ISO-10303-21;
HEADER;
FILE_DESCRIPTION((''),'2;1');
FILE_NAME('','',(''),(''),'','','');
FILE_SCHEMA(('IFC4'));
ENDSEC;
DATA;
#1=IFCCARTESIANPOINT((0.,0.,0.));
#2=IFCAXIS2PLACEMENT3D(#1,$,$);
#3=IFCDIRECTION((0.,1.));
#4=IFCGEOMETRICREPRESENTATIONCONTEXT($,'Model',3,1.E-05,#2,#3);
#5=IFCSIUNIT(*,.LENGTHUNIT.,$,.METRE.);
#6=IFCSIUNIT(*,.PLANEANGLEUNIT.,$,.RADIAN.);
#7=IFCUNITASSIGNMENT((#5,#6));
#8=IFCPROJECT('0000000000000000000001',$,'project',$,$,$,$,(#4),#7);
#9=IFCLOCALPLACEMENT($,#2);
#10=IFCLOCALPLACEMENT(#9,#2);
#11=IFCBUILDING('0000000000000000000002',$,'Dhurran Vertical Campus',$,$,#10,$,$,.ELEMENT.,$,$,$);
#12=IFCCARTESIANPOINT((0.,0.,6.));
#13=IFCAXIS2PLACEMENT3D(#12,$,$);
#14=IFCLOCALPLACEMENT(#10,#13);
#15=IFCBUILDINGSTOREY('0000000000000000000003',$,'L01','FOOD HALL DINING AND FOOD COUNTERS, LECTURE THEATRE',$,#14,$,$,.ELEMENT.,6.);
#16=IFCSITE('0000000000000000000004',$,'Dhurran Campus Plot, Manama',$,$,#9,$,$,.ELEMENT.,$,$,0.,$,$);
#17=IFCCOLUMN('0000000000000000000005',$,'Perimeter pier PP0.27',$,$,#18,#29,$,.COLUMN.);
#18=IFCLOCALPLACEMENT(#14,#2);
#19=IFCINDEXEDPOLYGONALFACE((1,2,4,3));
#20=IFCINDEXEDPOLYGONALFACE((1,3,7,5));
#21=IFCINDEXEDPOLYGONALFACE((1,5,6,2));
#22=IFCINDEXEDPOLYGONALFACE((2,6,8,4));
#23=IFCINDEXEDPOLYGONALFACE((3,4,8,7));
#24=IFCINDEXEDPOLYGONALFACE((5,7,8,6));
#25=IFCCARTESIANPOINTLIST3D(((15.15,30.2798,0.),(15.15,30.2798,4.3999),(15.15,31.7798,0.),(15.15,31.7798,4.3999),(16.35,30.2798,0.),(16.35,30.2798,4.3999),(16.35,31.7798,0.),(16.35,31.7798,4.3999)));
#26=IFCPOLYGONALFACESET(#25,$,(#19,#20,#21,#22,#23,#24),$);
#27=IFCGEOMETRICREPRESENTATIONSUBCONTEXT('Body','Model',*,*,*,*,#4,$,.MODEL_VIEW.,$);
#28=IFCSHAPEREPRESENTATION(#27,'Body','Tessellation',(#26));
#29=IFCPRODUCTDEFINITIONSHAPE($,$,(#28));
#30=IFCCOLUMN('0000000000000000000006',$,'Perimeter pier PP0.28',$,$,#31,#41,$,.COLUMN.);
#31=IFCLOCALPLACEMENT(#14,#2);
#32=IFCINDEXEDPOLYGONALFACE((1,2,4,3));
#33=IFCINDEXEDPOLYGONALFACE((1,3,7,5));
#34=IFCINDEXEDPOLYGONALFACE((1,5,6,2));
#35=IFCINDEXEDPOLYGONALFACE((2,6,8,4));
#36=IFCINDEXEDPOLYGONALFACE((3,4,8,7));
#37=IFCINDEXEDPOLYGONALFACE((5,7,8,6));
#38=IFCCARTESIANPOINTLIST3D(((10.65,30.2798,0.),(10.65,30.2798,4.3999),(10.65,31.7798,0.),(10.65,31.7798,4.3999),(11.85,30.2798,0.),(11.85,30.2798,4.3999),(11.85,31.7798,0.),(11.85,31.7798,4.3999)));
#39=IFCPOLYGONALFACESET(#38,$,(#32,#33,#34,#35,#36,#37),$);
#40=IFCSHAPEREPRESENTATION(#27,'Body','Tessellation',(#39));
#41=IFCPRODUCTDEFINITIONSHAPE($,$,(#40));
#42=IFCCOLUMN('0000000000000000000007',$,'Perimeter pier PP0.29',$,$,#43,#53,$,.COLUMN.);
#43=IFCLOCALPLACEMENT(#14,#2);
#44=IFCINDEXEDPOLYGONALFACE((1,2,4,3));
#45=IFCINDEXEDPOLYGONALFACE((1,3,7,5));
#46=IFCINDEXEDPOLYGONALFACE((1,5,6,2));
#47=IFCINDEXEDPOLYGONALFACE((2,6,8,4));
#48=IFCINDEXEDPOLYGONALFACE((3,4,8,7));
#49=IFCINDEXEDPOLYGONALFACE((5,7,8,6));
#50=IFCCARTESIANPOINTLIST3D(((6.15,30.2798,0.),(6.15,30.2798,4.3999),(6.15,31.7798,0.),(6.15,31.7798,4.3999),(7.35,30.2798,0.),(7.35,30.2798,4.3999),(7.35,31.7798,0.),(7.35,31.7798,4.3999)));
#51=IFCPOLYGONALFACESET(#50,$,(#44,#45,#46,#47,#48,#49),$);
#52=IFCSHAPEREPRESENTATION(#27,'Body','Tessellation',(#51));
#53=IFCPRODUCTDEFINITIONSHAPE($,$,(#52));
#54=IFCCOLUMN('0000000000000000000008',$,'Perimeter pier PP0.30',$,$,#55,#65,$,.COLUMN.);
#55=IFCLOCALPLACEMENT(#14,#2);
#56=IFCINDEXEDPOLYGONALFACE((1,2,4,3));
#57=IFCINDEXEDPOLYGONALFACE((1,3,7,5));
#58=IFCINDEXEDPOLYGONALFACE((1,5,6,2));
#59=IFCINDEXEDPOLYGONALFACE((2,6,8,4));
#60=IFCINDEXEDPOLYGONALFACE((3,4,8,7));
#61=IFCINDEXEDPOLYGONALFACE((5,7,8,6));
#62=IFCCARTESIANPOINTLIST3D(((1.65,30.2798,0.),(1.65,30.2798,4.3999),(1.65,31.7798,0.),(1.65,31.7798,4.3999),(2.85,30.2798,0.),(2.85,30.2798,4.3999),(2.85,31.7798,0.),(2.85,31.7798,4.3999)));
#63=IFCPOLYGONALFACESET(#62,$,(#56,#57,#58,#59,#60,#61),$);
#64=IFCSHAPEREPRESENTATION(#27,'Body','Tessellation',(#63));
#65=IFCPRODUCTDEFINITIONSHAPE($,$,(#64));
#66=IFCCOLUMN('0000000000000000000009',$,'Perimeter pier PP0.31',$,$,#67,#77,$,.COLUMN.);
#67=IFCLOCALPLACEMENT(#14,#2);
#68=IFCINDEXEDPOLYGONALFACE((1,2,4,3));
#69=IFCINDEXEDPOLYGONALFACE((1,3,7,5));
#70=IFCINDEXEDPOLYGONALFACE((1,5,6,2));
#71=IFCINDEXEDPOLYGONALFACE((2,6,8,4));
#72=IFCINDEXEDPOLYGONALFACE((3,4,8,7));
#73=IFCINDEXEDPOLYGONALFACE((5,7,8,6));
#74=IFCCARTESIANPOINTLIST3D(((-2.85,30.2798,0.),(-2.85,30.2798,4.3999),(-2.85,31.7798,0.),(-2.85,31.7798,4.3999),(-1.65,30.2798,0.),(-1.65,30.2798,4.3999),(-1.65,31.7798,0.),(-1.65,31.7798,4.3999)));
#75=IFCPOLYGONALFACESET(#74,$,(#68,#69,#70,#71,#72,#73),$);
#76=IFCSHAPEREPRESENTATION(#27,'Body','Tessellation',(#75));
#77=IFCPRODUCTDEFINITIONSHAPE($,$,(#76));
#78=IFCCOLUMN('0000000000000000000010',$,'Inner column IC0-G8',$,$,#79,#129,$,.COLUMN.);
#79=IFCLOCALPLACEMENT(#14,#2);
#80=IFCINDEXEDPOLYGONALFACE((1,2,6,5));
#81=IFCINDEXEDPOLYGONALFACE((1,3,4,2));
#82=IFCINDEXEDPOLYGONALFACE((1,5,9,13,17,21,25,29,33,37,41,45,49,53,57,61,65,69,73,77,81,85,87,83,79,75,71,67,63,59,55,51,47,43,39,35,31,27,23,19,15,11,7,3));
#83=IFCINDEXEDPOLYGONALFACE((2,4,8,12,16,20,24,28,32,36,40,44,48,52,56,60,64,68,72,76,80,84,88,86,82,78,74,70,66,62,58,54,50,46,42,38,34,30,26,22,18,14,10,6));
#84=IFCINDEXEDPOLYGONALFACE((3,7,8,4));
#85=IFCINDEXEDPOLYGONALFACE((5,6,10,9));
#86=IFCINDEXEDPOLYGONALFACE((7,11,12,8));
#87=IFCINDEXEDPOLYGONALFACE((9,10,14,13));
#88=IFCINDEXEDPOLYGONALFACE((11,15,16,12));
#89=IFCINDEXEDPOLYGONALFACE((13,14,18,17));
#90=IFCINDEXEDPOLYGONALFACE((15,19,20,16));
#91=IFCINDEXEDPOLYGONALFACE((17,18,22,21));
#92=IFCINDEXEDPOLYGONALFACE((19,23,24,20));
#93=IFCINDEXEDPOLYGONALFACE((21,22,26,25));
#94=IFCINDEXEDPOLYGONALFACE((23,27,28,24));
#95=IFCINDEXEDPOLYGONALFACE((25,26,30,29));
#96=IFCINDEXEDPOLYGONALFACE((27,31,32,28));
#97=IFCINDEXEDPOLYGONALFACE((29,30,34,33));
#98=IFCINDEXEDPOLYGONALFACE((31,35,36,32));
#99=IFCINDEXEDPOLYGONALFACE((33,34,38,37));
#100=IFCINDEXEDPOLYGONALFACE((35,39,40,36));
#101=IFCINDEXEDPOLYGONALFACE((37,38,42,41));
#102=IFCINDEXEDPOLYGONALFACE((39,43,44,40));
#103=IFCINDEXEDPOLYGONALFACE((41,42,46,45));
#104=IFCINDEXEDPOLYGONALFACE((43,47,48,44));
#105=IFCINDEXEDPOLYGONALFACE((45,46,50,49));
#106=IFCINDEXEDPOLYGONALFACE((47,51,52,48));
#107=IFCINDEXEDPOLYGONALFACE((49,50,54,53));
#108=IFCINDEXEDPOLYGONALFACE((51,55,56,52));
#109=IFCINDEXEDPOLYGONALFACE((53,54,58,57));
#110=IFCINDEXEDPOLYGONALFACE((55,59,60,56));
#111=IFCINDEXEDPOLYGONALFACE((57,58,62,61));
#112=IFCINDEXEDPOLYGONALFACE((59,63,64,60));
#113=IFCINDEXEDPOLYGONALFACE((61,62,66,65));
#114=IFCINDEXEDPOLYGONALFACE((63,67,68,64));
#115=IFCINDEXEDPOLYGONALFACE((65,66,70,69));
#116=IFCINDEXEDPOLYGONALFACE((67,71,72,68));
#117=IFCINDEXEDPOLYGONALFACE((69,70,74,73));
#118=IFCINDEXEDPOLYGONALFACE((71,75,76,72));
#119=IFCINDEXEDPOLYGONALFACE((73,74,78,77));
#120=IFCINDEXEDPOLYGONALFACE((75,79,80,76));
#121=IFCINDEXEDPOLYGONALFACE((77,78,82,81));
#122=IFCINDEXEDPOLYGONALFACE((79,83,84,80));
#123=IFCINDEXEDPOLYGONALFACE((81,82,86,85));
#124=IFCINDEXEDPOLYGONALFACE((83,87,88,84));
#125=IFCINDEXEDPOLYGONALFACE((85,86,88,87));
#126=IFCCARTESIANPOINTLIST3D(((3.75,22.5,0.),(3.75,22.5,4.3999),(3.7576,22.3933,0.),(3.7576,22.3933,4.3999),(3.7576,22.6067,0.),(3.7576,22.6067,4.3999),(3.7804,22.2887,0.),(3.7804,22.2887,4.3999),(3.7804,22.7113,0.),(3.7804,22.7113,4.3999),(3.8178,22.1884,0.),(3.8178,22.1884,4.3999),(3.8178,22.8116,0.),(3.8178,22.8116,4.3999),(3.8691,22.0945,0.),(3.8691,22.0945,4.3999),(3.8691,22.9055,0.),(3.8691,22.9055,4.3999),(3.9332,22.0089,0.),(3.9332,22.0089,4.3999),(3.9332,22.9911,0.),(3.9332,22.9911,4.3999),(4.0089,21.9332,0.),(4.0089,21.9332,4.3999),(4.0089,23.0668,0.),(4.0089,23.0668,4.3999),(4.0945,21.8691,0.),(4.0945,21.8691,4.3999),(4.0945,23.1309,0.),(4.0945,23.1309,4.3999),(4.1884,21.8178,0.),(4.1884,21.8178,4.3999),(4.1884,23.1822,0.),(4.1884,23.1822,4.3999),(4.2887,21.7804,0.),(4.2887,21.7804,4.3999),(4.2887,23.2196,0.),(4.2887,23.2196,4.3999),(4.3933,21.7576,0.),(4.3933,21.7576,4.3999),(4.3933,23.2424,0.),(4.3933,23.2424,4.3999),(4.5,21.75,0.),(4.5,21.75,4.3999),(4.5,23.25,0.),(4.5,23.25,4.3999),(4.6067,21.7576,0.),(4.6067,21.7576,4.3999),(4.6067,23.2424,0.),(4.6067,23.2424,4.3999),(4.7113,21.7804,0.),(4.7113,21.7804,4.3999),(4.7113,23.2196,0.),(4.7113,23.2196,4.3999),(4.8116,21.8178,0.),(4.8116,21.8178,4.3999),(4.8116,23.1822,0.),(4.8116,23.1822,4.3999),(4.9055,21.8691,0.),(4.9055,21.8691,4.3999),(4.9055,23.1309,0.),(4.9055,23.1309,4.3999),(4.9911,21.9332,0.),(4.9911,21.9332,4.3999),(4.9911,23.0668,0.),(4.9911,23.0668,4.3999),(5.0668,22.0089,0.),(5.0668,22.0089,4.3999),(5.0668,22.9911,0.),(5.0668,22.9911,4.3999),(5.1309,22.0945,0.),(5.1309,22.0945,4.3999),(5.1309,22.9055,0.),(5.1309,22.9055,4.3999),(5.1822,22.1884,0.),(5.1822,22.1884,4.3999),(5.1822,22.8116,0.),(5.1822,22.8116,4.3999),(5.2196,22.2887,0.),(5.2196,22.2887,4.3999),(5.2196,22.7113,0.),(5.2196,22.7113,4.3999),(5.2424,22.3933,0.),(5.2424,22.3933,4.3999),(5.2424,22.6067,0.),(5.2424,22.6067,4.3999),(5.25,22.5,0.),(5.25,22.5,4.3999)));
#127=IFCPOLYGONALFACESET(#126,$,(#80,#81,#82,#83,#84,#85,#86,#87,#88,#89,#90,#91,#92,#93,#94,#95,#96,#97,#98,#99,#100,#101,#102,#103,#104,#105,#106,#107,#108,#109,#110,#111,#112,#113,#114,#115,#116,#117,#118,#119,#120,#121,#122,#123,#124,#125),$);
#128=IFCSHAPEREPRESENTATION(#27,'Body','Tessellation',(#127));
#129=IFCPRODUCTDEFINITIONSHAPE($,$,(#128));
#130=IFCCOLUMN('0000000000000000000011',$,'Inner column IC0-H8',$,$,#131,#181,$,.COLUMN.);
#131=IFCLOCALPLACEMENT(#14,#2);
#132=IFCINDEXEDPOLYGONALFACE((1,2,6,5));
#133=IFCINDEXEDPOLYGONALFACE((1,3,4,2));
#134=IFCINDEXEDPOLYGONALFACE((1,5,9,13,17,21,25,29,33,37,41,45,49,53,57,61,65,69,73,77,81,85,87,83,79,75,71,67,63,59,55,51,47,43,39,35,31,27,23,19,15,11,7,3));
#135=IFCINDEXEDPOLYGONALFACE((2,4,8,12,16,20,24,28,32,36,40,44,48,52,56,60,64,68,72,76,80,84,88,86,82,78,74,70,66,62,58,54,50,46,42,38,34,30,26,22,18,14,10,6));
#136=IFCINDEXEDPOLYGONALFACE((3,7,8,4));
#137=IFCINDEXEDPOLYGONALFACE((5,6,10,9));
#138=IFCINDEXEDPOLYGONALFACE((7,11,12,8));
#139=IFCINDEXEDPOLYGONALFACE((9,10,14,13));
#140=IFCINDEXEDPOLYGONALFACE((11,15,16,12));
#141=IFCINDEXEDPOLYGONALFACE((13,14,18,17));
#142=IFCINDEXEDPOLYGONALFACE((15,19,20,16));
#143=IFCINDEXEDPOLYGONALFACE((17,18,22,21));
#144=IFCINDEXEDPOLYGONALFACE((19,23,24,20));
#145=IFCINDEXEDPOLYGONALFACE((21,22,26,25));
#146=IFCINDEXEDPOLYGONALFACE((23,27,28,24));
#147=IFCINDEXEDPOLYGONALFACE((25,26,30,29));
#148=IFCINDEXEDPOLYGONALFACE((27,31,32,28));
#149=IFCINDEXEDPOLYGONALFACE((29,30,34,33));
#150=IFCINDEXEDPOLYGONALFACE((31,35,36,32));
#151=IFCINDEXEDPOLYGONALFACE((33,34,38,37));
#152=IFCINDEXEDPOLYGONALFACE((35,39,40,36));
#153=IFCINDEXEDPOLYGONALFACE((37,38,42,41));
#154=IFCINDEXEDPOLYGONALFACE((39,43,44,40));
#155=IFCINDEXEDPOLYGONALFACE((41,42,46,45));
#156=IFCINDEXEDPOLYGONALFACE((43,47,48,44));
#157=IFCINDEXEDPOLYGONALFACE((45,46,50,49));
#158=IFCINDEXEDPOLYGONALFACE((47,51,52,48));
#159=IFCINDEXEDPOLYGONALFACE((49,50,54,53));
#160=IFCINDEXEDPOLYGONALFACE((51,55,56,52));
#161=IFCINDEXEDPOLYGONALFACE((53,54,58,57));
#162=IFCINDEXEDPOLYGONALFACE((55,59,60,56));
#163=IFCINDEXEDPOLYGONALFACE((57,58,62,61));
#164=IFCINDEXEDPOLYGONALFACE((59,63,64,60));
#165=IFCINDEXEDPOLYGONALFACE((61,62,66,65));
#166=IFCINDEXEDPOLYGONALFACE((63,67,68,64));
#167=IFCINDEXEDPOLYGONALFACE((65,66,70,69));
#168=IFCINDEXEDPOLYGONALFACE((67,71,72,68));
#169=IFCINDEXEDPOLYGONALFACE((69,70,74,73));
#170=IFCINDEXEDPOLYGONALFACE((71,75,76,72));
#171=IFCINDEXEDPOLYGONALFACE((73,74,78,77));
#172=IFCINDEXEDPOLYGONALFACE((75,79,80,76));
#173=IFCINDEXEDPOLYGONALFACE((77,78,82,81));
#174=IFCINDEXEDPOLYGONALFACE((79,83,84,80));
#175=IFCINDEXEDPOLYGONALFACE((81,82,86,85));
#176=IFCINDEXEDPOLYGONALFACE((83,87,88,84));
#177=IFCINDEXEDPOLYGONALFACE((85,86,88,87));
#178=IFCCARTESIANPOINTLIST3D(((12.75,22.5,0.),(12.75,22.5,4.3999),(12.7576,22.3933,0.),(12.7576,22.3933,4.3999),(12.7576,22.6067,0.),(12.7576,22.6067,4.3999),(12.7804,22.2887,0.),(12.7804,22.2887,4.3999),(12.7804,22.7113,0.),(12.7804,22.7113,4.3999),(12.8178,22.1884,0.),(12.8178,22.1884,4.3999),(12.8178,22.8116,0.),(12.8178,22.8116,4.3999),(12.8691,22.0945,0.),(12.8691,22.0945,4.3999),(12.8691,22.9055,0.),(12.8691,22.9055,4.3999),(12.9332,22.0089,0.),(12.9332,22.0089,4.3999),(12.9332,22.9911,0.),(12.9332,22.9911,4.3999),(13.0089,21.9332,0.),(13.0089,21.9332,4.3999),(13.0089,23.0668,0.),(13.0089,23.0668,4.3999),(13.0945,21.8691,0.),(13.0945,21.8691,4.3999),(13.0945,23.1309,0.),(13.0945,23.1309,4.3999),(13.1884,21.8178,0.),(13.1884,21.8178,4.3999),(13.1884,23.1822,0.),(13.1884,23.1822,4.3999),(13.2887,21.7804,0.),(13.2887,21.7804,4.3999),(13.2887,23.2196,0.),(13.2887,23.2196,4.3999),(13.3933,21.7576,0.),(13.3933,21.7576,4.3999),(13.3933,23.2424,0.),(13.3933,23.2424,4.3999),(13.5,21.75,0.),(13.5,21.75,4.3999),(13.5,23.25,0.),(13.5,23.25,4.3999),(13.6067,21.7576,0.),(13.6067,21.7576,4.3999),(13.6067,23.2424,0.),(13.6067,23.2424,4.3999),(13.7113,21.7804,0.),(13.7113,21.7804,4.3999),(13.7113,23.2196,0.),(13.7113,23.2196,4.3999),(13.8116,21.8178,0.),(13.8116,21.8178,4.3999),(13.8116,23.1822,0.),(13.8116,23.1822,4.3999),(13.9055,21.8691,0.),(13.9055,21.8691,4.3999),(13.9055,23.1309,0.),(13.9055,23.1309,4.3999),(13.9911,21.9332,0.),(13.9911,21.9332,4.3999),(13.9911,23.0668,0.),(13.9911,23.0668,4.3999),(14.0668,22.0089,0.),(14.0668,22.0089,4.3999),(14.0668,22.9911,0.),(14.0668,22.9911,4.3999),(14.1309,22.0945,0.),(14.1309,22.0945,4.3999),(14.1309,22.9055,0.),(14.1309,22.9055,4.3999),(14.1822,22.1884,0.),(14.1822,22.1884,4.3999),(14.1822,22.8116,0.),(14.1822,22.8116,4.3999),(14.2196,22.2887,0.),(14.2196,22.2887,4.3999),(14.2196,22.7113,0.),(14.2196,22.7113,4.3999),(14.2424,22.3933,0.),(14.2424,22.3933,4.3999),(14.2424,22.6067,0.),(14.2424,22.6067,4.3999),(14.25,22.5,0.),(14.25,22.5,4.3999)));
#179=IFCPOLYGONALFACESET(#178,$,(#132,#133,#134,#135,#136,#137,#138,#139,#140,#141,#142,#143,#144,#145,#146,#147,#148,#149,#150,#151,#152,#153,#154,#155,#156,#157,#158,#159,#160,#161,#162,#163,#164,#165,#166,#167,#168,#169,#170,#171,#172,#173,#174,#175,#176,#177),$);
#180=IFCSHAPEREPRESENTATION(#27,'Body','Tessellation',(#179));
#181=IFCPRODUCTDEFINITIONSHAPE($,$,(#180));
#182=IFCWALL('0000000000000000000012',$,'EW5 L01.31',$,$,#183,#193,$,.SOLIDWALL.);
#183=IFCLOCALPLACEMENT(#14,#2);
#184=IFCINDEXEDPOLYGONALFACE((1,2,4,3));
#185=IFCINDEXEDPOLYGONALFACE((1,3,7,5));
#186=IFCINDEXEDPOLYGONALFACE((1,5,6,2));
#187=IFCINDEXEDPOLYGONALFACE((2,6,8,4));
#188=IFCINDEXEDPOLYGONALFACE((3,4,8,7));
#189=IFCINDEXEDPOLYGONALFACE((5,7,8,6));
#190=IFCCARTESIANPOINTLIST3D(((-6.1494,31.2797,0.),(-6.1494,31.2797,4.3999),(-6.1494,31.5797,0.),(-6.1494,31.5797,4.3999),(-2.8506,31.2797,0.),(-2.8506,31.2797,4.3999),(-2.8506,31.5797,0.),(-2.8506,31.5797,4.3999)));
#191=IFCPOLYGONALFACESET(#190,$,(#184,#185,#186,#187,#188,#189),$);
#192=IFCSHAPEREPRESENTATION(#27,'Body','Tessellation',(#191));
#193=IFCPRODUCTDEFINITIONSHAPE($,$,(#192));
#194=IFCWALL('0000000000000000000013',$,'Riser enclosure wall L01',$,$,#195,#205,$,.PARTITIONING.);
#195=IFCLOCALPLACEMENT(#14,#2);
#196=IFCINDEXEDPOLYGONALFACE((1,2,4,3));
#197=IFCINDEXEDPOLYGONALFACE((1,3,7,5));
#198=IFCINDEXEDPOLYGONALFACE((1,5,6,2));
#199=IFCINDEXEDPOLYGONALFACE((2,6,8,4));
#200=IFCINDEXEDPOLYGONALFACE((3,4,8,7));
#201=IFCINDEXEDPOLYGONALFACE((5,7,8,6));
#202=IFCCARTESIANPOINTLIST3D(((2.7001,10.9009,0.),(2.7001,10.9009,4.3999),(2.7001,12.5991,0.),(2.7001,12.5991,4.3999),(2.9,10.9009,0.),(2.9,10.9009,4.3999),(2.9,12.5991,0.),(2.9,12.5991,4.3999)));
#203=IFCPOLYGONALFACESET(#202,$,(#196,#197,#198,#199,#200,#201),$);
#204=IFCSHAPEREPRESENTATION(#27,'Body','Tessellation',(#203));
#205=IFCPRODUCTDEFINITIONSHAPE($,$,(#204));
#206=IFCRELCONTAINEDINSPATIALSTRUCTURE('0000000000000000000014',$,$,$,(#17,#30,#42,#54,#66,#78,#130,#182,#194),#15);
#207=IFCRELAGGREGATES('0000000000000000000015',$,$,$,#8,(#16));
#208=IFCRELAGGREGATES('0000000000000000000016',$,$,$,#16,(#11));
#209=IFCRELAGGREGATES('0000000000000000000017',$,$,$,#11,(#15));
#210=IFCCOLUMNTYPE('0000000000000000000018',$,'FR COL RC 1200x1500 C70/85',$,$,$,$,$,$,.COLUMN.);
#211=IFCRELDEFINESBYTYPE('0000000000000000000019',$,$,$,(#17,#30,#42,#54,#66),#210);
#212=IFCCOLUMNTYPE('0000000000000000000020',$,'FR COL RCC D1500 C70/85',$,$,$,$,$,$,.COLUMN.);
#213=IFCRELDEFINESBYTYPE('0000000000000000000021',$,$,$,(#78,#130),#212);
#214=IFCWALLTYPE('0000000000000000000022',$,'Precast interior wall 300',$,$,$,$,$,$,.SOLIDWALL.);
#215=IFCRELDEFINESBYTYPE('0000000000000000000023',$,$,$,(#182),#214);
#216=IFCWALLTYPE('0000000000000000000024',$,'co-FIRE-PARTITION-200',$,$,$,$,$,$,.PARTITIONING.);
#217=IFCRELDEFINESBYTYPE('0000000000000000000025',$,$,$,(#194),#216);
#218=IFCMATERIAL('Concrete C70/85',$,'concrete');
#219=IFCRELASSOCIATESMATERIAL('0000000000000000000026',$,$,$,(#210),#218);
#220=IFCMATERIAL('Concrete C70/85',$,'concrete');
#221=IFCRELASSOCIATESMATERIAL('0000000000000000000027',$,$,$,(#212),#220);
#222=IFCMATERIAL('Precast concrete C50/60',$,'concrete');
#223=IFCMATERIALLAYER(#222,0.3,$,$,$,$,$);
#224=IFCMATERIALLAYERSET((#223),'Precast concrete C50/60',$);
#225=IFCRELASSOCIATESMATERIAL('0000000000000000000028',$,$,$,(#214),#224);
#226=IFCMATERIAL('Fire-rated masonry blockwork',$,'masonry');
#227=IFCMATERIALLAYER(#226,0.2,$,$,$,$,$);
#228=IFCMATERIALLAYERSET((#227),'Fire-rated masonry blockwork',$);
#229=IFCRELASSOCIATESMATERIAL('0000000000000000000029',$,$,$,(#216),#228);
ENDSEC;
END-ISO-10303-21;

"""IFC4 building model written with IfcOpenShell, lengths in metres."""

from ifc_helpers import new_model, si_unit, direction, frame, frame_2d, origin, origin_2d, place, context, subcontext, project, spatial, rectangle, circle, extrude, material, layer, layer_set, material_profile, profile_set, type_object, element, save


model = new_model("IFC4")

# Units and contexts
model_context = context("Model", 3, precision=1e-05, world=origin(), true_north=direction((0.0, 1.0)))
body_context = subcontext(model_context, "Body", "Model", "MODEL_VIEW")
ifc_project = project(units=[si_unit("LENGTHUNIT", "METRE"), si_unit("PLANEANGLEUNIT", "RADIAN")], contexts=[model_context])

# Site, building, storey
site_placement = place(None, origin())
site = spatial("IfcSite", under=ifc_project, at=site_placement, Name="Dhurran Campus Plot, Manama", CompositionType="ELEMENT", RefElevation=0.0)
building_placement = place(site_placement, origin())
building = spatial("IfcBuilding", under=site, at=building_placement, Name="Dhurran Vertical Campus", CompositionType="ELEMENT")
storey_placement = place(building_placement, frame((0.0, 0.0, 6.0)))
storey = spatial("IfcBuildingStorey", under=building, at=storey_placement, Name="L01", Description="FOOD HALL DINING AND FOOD COUNTERS, LECTURE THEATRE", CompositionType="ELEMENT", Elevation=6.0)

# Columns
ifc_material_1 = material(Name="Concrete C70/85", Category="concrete")
ifc_material_profile_1 = material_profile(ifc_material_1, rectangle(XDim=1.2, YDim=1.5, at=origin_2d()), Name="RC 1200x1500")
ifc_profile_set_1 = profile_set([ifc_material_profile_1], Name="Concrete C70/85")
column_type_1 = type_object("IfcColumnType", Name="FR COL RC 1200x1500 C70/85", PredefinedType="COLUMN", material=ifc_profile_set_1)
for number, where, z_axis, x_axis, name in (
    (1, (15.75, 31.0298, 0.0), (0.0, 0.0, 1.0), (-1.0, 0.0, 0.0), "Perimeter pier PP0.27"),
    (2, (11.25, 31.0298, 0.0), (0.0, 0.0, 1.0), (-1.0, 0.0, 0.0), "Perimeter pier PP0.28"),
    (3, (6.75, 31.0298, 0.0), (0.0, 0.0, 1.0), (-1.0, 0.0, 0.0), "Perimeter pier PP0.29"),
    (4, (2.25, 31.0298, 0.0), (0.0, 0.0, 1.0), (-1.0, 0.0, 0.0), "Perimeter pier PP0.30"),
    (5, (-2.25, 31.0298, 0.0), (0.0, 0.0, 1.0), (-1.0, 0.0, 0.0), "Perimeter pier PP0.31"),
):
    element("IfcColumn", number, at=place(storey_placement, frame(where, z_axis=z_axis, x_axis=x_axis)), inside=storey, type_object=column_type_1, Name=name, PredefinedType="COLUMN", context=body_context, shape_type="SweptSolid", body=[
        extrude(rectangle(XDim=1.2, YDim=1.5, at=origin_2d()), origin(), (0.0, 0.0, 1.0), 4.3999),
    ])
ifc_material_2 = material(Name="Concrete C70/85", Category="concrete")
ifc_material_profile_2 = material_profile(ifc_material_2, circle(Radius=0.75, at=origin_2d()), Name="RCC D1500")
ifc_profile_set_2 = profile_set([ifc_material_profile_2], Name="Concrete C70/85")
column_type_2 = type_object("IfcColumnType", Name="FR COL RCC D1500 C70/85", PredefinedType="COLUMN", material=ifc_profile_set_2)
for number, where, z_axis, x_axis, name in (
    (6, (4.5, 22.5, 0.0), (0.0, 0.0, 1.0), (1.0, 0.0, 0.0), "Inner column IC0-G8"),
    (7, (13.5, 22.5, 0.0), (0.0, 0.0, 1.0), (1.0, 0.0, 0.0), "Inner column IC0-H8"),
):
    element("IfcColumn", number, at=place(storey_placement, frame(where, z_axis=z_axis, x_axis=x_axis)), inside=storey, type_object=column_type_2, Name=name, PredefinedType="COLUMN", context=body_context, shape_type="SweptSolid", body=[
        extrude(circle(Radius=0.75, at=origin_2d()), origin(), (0.0, 0.0, 1.0), 4.3999),
    ])

# Walls
ifc_material_3 = material(Name="Precast concrete C50/60", Category="concrete")
ifc_layer_1 = layer(ifc_material_3, 0.3)
ifc_layer_set_1 = layer_set([ifc_layer_1], Name="Precast concrete C50/60")
wall_type_1 = type_object("IfcWallType", Name="Precast interior wall 300", PredefinedType="SOLIDWALL", material=ifc_layer_set_1)
wall_1_placement = place(storey_placement, frame((-2.8506, 31.4297, 0.0), z_axis=(0.0, 0.0, 1.0), x_axis=(-1.0, 0.0, 0.0)))
element("IfcWall", 8, at=wall_1_placement, inside=storey, type_object=wall_type_1, Name="EW5 L01.31", PredefinedType="SOLIDWALL", context=body_context, shape_type="SweptSolid", body=[
    extrude(rectangle(XDim=3.2988, YDim=0.3, at=frame_2d((1.6494, 0.0))), origin(), (0.0, 0.0, 1.0), 4.3999),
])
ifc_material_4 = material(Name="Fire-rated masonry blockwork", Category="masonry")
ifc_layer_2 = layer(ifc_material_4, 0.2)
ifc_layer_set_2 = layer_set([ifc_layer_2], Name="Fire-rated masonry blockwork")
wall_type_2 = type_object("IfcWallType", Name="co-FIRE-PARTITION-200", PredefinedType="PARTITIONING", material=ifc_layer_set_2)
wall_2_placement = place(storey_placement, frame((2.8, 12.5991, 0.0), z_axis=(0.0, 0.0, 1.0), x_axis=(0.0, -1.0, 0.0)))
element("IfcWall", 9, at=wall_2_placement, inside=storey, type_object=wall_type_2, Name="Riser enclosure wall L01", PredefinedType="PARTITIONING", context=body_context, shape_type="SweptSolid", body=[
    extrude(rectangle(XDim=1.6982, YDim=0.2, at=frame_2d((0.8491, 0.0))), origin(), (0.0, 0.0, 1.0), 4.3999),
])

save(model, "model.ifc")
